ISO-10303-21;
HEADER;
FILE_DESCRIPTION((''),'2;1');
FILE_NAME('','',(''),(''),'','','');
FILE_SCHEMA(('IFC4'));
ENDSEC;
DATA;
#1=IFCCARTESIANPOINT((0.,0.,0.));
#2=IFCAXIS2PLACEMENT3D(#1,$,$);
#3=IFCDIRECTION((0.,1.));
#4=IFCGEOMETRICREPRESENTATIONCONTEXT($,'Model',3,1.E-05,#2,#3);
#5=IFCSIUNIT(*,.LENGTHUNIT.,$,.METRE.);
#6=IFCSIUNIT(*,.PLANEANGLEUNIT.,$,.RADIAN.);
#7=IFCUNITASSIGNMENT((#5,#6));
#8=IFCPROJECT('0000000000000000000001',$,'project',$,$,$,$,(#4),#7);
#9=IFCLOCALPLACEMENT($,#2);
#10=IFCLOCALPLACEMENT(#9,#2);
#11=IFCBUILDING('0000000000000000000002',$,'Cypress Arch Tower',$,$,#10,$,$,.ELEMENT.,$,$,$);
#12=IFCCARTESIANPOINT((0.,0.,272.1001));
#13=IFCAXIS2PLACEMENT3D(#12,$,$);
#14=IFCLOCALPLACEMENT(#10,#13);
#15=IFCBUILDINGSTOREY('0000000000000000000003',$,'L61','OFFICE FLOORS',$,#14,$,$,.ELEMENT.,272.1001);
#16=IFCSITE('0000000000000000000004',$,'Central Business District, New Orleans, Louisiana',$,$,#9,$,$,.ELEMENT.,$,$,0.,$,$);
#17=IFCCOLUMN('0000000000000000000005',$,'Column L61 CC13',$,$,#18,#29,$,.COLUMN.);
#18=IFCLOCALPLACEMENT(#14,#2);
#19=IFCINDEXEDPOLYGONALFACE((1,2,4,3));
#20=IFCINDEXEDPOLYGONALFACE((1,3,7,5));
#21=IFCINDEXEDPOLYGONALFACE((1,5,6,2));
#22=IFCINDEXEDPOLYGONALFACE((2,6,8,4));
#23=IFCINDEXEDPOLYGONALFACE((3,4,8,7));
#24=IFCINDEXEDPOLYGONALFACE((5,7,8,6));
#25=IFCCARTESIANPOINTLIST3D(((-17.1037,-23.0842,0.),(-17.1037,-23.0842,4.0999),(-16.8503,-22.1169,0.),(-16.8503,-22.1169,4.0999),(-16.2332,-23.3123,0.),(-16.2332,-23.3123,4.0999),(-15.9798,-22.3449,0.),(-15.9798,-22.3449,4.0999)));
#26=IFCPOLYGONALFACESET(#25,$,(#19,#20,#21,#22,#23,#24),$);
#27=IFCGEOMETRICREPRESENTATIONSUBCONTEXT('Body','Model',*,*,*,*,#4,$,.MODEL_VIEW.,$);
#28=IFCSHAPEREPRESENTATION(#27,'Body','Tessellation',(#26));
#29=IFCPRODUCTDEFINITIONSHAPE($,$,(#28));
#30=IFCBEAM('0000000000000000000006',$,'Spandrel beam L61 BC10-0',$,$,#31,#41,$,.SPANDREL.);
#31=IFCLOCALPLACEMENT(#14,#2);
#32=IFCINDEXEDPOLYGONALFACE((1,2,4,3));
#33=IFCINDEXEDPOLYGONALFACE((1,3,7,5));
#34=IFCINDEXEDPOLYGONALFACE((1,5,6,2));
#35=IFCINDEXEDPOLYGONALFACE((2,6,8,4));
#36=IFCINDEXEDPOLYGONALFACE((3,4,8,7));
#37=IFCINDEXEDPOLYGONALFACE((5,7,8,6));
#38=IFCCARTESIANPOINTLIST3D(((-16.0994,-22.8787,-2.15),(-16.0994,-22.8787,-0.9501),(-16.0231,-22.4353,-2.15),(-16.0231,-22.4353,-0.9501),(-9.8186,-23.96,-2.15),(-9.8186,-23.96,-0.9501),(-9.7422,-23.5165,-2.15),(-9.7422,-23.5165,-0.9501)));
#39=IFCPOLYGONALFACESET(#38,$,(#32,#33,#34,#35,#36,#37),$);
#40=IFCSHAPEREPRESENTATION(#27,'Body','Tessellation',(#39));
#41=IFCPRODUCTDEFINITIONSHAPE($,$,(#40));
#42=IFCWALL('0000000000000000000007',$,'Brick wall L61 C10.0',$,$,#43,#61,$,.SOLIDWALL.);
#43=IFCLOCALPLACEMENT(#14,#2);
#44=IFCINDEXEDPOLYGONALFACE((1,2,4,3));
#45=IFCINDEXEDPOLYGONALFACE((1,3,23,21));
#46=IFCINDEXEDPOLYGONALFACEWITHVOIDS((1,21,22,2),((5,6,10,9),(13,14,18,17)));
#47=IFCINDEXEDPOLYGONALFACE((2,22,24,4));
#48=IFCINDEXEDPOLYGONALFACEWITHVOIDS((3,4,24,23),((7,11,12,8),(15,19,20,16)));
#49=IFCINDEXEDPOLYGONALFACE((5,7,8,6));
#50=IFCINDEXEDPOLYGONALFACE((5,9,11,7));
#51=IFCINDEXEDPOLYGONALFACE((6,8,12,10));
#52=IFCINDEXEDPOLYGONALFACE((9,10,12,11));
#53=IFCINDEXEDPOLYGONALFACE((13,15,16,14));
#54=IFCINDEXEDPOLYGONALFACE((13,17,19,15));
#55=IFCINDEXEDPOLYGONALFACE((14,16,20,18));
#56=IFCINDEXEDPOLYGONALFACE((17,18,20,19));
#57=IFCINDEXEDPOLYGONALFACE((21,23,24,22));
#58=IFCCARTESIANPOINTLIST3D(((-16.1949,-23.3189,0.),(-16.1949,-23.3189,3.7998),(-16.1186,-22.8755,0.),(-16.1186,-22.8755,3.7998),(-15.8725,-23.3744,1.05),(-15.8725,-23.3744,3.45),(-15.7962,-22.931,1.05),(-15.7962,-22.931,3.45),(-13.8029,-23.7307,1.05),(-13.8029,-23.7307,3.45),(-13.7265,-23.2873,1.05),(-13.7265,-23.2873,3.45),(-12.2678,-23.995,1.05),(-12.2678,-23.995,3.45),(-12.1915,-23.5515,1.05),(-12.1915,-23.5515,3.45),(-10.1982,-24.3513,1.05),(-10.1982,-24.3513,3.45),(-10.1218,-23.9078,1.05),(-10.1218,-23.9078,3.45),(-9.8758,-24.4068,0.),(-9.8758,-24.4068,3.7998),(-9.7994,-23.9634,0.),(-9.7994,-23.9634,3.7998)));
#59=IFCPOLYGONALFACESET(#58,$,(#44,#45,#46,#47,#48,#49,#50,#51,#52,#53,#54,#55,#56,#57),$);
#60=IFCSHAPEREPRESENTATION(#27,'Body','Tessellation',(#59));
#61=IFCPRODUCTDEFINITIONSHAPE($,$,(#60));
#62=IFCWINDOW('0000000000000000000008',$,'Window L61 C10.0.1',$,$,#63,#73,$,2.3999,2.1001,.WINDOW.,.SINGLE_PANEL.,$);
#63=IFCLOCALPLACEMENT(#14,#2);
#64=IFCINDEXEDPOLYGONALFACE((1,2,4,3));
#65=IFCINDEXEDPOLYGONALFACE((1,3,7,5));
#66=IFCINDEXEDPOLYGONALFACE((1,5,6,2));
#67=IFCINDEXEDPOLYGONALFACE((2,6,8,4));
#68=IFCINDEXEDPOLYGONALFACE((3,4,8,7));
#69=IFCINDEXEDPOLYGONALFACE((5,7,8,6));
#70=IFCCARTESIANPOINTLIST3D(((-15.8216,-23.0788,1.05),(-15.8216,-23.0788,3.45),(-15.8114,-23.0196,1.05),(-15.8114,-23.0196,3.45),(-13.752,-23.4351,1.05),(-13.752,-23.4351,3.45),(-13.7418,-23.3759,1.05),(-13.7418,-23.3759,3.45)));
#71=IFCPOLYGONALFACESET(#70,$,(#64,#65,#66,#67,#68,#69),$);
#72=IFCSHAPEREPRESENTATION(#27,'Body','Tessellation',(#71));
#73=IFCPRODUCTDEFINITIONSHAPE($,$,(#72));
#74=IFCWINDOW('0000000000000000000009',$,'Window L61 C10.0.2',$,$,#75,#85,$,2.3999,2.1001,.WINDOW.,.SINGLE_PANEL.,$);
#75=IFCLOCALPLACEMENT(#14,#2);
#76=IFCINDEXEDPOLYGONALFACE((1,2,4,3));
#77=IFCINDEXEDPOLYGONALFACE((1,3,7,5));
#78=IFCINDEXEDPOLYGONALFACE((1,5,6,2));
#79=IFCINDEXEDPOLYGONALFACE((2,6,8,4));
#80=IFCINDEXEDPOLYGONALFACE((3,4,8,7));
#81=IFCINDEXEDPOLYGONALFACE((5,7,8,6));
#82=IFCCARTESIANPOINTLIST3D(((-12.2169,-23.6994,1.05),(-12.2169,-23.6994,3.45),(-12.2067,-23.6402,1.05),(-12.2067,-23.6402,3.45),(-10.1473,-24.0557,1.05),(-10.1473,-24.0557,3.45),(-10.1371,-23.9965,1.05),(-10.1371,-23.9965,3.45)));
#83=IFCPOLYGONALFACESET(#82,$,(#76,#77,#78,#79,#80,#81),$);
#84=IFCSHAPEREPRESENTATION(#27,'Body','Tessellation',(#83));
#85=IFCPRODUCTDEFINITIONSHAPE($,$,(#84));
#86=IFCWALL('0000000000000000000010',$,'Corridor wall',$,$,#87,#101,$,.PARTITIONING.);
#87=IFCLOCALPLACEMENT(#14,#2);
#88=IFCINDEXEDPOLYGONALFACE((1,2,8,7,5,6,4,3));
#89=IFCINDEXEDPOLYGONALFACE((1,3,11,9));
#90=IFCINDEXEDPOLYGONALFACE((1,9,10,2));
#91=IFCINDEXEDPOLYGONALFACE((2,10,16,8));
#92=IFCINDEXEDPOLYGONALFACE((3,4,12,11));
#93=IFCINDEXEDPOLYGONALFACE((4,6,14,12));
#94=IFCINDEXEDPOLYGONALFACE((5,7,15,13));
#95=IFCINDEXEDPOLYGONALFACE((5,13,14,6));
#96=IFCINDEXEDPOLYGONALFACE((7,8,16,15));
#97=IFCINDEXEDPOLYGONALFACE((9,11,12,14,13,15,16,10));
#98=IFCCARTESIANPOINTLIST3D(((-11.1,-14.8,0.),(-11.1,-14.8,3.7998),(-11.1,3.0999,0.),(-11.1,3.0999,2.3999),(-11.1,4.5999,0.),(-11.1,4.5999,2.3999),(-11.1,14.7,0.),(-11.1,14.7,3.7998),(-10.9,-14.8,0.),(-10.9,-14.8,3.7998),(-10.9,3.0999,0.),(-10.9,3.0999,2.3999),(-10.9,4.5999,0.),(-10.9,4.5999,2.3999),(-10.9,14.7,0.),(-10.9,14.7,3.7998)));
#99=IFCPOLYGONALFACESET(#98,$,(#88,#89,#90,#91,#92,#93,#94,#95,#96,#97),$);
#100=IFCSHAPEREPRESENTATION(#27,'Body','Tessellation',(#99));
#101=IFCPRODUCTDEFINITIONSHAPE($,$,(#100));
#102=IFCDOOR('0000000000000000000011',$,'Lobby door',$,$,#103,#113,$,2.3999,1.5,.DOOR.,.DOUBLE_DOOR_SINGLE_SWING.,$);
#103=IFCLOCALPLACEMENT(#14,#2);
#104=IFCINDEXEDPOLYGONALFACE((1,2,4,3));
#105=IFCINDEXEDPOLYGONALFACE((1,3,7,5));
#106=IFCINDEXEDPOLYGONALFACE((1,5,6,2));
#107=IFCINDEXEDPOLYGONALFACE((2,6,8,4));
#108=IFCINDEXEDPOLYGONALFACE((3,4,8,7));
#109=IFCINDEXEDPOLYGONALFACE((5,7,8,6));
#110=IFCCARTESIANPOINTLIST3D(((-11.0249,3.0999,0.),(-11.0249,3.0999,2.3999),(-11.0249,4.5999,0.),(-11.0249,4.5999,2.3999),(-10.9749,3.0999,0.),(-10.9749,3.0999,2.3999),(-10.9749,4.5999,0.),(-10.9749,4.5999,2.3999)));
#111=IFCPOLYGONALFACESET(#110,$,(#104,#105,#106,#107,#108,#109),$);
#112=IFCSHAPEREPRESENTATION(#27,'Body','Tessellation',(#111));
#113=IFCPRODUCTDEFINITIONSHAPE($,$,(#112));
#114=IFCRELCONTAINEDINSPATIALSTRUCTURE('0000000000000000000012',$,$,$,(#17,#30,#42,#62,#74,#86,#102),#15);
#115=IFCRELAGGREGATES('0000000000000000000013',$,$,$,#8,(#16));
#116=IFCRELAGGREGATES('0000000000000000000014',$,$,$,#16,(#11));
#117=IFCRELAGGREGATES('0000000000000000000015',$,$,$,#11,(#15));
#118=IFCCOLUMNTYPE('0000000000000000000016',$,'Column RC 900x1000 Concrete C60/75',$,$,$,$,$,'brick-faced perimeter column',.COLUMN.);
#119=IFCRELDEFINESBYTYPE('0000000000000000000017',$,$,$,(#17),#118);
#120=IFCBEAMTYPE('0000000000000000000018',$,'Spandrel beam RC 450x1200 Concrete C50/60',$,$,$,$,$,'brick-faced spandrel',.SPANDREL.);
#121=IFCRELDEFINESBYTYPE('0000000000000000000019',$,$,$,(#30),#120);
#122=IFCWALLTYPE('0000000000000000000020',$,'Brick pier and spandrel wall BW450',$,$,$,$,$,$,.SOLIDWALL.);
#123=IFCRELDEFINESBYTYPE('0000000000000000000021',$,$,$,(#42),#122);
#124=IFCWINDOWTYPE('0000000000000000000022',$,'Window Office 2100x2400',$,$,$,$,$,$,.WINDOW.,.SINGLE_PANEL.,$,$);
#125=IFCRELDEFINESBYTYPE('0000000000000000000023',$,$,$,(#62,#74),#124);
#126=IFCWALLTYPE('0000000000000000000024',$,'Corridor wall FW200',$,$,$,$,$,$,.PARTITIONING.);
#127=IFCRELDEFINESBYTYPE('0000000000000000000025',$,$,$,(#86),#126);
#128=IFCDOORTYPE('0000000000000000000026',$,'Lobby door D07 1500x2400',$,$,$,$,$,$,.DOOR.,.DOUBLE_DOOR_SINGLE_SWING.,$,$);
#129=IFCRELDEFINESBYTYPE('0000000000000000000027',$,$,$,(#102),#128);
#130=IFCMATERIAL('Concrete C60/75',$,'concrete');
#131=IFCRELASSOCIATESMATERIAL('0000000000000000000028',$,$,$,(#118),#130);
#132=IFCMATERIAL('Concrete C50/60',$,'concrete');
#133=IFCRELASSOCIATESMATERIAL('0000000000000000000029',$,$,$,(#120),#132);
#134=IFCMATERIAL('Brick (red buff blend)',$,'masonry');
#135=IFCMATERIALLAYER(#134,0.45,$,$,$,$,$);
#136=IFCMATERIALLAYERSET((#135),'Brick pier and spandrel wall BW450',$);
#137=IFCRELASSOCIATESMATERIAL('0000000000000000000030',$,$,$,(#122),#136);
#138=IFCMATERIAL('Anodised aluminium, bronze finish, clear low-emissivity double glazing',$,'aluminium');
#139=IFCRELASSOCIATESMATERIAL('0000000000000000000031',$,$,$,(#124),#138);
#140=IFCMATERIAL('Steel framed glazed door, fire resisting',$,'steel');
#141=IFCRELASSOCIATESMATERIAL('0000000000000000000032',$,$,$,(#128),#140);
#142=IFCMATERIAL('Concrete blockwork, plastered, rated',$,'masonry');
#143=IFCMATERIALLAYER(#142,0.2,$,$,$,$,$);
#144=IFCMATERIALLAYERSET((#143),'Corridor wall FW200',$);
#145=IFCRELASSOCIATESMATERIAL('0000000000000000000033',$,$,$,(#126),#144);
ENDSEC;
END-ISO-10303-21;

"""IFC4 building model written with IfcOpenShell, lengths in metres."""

from ifc_helpers import new_model, si_unit, direction, frame, frame_2d, origin, origin_2d, place, context, subcontext, project, spatial, rectangle, extrude, material, layer, layer_set, material_profile, profile_set, type_object, element, fill, save


model = new_model("IFC4")

# Units and contexts
model_context = context("Model", 3, precision=1e-05, world=origin(), true_north=direction((0.0, 1.0)))
body_context = subcontext(model_context, "Body", "Model", "MODEL_VIEW")
ifc_project = project(units=[si_unit("LENGTHUNIT", "METRE"), si_unit("PLANEANGLEUNIT", "RADIAN")], contexts=[model_context])

# Site, building, storey
site_placement = place(None, origin())
site = spatial("IfcSite", under=ifc_project, at=site_placement, Name="Central Business District, New Orleans, Louisiana", CompositionType="ELEMENT", RefElevation=0.0)
building_placement = place(site_placement, origin())
building = spatial("IfcBuilding", under=site, at=building_placement, Name="Cypress Arch Tower", CompositionType="ELEMENT")
storey_placement = place(building_placement, frame((0.0, 0.0, 272.1001)))
storey = spatial("IfcBuildingStorey", under=building, at=storey_placement, Name="L61", Description="OFFICE FLOORS", CompositionType="ELEMENT", Elevation=272.1001)

# Column
ifc_material_1 = material(Name="Concrete C60/75", Category="concrete")
ifc_material_profile_1 = material_profile(ifc_material_1, rectangle(XDim=0.8999, YDim=1.0, at=origin_2d()), Name="RC 900x1000")
ifc_profile_set_1 = profile_set([ifc_material_profile_1], Name="Concrete C60/75")
column_type = type_object("IfcColumnType", Name="Column RC 900x1000 Concrete C60/75", ElementType="brick-faced perimeter column", PredefinedType="COLUMN", material=ifc_profile_set_1)
column_placement = place(storey_placement, frame((-16.5417, -22.7146, 0.0), z_axis=(0.0, 0.0, 1.0), x_axis=(0.967356, -0.253422, 0.0)))
element("IfcColumn", 1, at=column_placement, inside=storey, type_object=column_type, Name="Column L61 CC13", PredefinedType="COLUMN", context=body_context, shape_type="SweptSolid", body=[
    extrude(rectangle(XDim=0.8999, YDim=1.0, at=origin_2d()), origin(), (0.0, 0.0, 1.0), 4.0999),
])

# Beam
ifc_material_2 = material(Name="Concrete C50/60", Category="concrete")
ifc_material_profile_2 = material_profile(ifc_material_2, rectangle(XDim=0.45, YDim=1.2, at=origin_2d()), Name="RC 450x1200")
ifc_profile_set_2 = profile_set([ifc_material_profile_2], Name="Concrete C50/60")
beam_type = type_object("IfcBeamType", Name="Spandrel beam RC 450x1200 Concrete C50/60", ElementType="brick-faced spandrel", PredefinedType="SPANDREL", material=ifc_profile_set_2)
beam_placement = place(storey_placement, frame((-16.0613, -22.657, -1.55), z_axis=(0.985503, -0.169658, 0.0), x_axis=(0.169658, 0.985503, 0.0)))
element("IfcBeam", 2, at=beam_placement, inside=storey, type_object=beam_type, Name="Spandrel beam L61 BC10-0", PredefinedType="SPANDREL", context=body_context, shape_type="SweptSolid", body=[
    extrude(rectangle(XDim=0.45, YDim=1.2, at=origin_2d()), origin(), (0.0, 0.0, 1.0), 6.3733),
])

# Wall, openings, windows
ifc_material_3 = material(Name="Brick (red buff blend)", Category="masonry")
ifc_layer_1 = layer(ifc_material_3, 0.45)
ifc_layer_set_1 = layer_set([ifc_layer_1], Name="Brick pier and spandrel wall BW450")
wall_type_1 = type_object("IfcWallType", Name="Brick pier and spandrel wall BW450", PredefinedType="SOLIDWALL", material=ifc_layer_set_1)
wall_1_placement = place(storey_placement, frame((-16.1567, -23.0972, 0.0), z_axis=(0.0, 0.0, 1.0), x_axis=(0.985502, -0.169663, 0.0)))
wall_1 = element("IfcWall", 3, at=wall_1_placement, inside=storey, type_object=wall_type_1, Name="Brick wall L61 C10.0", PredefinedType="SOLIDWALL", context=body_context, shape_type="SweptSolid", body=[
    extrude(rectangle(XDim=6.4121, YDim=0.45, at=frame_2d((3.2061, 0.0))), origin(), (0.0, 0.0, 1.0), 3.7998),
])
opening_1_placement = place(wall_1_placement, frame((0.3271, 0.0, 1.05)))
opening_1 = element("IfcOpeningElement", 4, at=opening_1_placement, cuts=wall_1, PredefinedType="OPENING", context=body_context, shape_type="SweptSolid", body=[
    extrude(rectangle(XDim=2.1001, YDim=2.3999, at=frame_2d((1.05, 1.2))), frame((0.0, 0.2349, 0.0), z_axis=(0.0, -1.0, 0.0), x_axis=(1.0, 0.0, 0.0)), (0.0, 0.0, 1.0), 0.47),
])
opening_2_placement = place(wall_1_placement, frame((3.9849, 0.0, 1.05)))
opening_2 = element("IfcOpeningElement", 5, at=opening_2_placement, cuts=wall_1, PredefinedType="OPENING", context=body_context, shape_type="SweptSolid", body=[
    extrude(rectangle(XDim=2.1001, YDim=2.3999, at=frame_2d((1.05, 1.2))), frame((0.0, 0.2349, 0.0), z_axis=(0.0, -1.0, 0.0), x_axis=(1.0, 0.0, 0.0)), (0.0, 0.0, 1.0), 0.47),
])
ifc_material_4 = material(Name="Anodised aluminium, bronze finish, clear low-emissivity double glazing", Category="aluminium")
window_type = type_object("IfcWindowType", Name="Window Office 2100x2400", PartitioningType="SINGLE_PANEL", PredefinedType="WINDOW", material=ifc_material_4)
window_1_placement = place(opening_1_placement, origin())
window_1 = element("IfcWindow", 6, at=window_1_placement, inside=storey, type_object=window_type, Name="Window L61 C10.0.1", OverallHeight=2.3999, OverallWidth=2.1001, PartitioningType="SINGLE_PANEL", PredefinedType="WINDOW", context=body_context, shape_type="SweptSolid", body=[
    extrude(rectangle(XDim=2.1001, YDim=2.3999, at=frame_2d((1.05, 1.2))), frame((0.0, 0.135, 0.0), z_axis=(0.0, -1.0, 0.0), x_axis=(1.0, 0.0, 0.0)), (0.0, 0.0, 1.0), 0.0601),
])
fill(opening_1, window_1)
window_2_placement = place(opening_2_placement, origin())
window_2 = element("IfcWindow", 7, at=window_2_placement, inside=storey, type_object=window_type, Name="Window L61 C10.0.2", OverallHeight=2.3999, OverallWidth=2.1001, PartitioningType="SINGLE_PANEL", PredefinedType="WINDOW", context=body_context, shape_type="SweptSolid", body=[
    extrude(rectangle(XDim=2.1001, YDim=2.3999, at=frame_2d((1.05, 1.2))), frame((0.0, 0.135, 0.0), z_axis=(0.0, -1.0, 0.0), x_axis=(1.0, 0.0, 0.0)), (0.0, 0.0, 1.0), 0.0601),
])
fill(opening_2, window_2)

# Shared definitions
ifc_material_5 = material(Name="Steel framed glazed door, fire resisting", Category="steel")
door_type_1 = type_object("IfcDoorType", Name="Lobby door D07 1500x2400", OperationType="DOUBLE_DOOR_SINGLE_SWING", PredefinedType="DOOR", material=ifc_material_5)

# Shared definitions
ifc_material_6 = material(Name="Concrete blockwork, plastered, rated", Category="masonry")
ifc_layer_2 = layer(ifc_material_6, 0.2)
ifc_layer_set_2 = layer_set([ifc_layer_2], Name="Corridor wall FW200")
wall_type_2 = type_object("IfcWallType", Name="Corridor wall FW200", PredefinedType="PARTITIONING", material=ifc_layer_set_2)

# Wall, opening, door
wall_2_placement = place(storey_placement, frame((-11.0, -14.8, 0.0), z_axis=(0.0, 0.0, 1.0), x_axis=(0.0, 1.0, 0.0)))
wall_2 = element("IfcWall", 8, at=wall_2_placement, inside=storey, type_object=wall_type_2, Name="Corridor wall", PredefinedType="PARTITIONING", context=body_context, shape_type="SweptSolid", body=[
    extrude(rectangle(XDim=29.5, YDim=0.2, at=frame_2d((14.75, 0.0))), origin(), (0.0, 0.0, 1.0), 3.7998),
])
opening_3_placement = place(wall_2_placement, frame((17.8999, 0.0, 0.0)))
opening_3 = element("IfcOpeningElement", 9, at=opening_3_placement, cuts=wall_2, PredefinedType="OPENING", context=body_context, shape_type="SweptSolid", body=[
    extrude(rectangle(XDim=1.5, YDim=2.3999, at=frame_2d((0.75, 1.2))), frame((0.0, 0.1099, 0.0), z_axis=(0.0, -1.0, 0.0), x_axis=(1.0, 0.0, 0.0)), (0.0, 0.0, 1.0), 0.22),
])
door_1_placement = place(opening_3_placement, origin())
door_1 = element("IfcDoor", 10, at=door_1_placement, inside=storey, type_object=door_type_1, Name="Lobby door", OperationType="DOUBLE_DOOR_SINGLE_SWING", OverallHeight=2.3999, OverallWidth=1.5, PredefinedType="DOOR", context=body_context, shape_type="SweptSolid", body=[
    extrude(rectangle(XDim=1.5, YDim=2.3999, at=frame_2d((0.75, 1.2))), frame((0.0, 0.0249, 0.0), z_axis=(0.0, -1.0, 0.0), x_axis=(1.0, 0.0, 0.0)), (0.0, 0.0, 1.0), 0.05),
])
fill(opening_3, door_1)

save(model, "model.ifc")
